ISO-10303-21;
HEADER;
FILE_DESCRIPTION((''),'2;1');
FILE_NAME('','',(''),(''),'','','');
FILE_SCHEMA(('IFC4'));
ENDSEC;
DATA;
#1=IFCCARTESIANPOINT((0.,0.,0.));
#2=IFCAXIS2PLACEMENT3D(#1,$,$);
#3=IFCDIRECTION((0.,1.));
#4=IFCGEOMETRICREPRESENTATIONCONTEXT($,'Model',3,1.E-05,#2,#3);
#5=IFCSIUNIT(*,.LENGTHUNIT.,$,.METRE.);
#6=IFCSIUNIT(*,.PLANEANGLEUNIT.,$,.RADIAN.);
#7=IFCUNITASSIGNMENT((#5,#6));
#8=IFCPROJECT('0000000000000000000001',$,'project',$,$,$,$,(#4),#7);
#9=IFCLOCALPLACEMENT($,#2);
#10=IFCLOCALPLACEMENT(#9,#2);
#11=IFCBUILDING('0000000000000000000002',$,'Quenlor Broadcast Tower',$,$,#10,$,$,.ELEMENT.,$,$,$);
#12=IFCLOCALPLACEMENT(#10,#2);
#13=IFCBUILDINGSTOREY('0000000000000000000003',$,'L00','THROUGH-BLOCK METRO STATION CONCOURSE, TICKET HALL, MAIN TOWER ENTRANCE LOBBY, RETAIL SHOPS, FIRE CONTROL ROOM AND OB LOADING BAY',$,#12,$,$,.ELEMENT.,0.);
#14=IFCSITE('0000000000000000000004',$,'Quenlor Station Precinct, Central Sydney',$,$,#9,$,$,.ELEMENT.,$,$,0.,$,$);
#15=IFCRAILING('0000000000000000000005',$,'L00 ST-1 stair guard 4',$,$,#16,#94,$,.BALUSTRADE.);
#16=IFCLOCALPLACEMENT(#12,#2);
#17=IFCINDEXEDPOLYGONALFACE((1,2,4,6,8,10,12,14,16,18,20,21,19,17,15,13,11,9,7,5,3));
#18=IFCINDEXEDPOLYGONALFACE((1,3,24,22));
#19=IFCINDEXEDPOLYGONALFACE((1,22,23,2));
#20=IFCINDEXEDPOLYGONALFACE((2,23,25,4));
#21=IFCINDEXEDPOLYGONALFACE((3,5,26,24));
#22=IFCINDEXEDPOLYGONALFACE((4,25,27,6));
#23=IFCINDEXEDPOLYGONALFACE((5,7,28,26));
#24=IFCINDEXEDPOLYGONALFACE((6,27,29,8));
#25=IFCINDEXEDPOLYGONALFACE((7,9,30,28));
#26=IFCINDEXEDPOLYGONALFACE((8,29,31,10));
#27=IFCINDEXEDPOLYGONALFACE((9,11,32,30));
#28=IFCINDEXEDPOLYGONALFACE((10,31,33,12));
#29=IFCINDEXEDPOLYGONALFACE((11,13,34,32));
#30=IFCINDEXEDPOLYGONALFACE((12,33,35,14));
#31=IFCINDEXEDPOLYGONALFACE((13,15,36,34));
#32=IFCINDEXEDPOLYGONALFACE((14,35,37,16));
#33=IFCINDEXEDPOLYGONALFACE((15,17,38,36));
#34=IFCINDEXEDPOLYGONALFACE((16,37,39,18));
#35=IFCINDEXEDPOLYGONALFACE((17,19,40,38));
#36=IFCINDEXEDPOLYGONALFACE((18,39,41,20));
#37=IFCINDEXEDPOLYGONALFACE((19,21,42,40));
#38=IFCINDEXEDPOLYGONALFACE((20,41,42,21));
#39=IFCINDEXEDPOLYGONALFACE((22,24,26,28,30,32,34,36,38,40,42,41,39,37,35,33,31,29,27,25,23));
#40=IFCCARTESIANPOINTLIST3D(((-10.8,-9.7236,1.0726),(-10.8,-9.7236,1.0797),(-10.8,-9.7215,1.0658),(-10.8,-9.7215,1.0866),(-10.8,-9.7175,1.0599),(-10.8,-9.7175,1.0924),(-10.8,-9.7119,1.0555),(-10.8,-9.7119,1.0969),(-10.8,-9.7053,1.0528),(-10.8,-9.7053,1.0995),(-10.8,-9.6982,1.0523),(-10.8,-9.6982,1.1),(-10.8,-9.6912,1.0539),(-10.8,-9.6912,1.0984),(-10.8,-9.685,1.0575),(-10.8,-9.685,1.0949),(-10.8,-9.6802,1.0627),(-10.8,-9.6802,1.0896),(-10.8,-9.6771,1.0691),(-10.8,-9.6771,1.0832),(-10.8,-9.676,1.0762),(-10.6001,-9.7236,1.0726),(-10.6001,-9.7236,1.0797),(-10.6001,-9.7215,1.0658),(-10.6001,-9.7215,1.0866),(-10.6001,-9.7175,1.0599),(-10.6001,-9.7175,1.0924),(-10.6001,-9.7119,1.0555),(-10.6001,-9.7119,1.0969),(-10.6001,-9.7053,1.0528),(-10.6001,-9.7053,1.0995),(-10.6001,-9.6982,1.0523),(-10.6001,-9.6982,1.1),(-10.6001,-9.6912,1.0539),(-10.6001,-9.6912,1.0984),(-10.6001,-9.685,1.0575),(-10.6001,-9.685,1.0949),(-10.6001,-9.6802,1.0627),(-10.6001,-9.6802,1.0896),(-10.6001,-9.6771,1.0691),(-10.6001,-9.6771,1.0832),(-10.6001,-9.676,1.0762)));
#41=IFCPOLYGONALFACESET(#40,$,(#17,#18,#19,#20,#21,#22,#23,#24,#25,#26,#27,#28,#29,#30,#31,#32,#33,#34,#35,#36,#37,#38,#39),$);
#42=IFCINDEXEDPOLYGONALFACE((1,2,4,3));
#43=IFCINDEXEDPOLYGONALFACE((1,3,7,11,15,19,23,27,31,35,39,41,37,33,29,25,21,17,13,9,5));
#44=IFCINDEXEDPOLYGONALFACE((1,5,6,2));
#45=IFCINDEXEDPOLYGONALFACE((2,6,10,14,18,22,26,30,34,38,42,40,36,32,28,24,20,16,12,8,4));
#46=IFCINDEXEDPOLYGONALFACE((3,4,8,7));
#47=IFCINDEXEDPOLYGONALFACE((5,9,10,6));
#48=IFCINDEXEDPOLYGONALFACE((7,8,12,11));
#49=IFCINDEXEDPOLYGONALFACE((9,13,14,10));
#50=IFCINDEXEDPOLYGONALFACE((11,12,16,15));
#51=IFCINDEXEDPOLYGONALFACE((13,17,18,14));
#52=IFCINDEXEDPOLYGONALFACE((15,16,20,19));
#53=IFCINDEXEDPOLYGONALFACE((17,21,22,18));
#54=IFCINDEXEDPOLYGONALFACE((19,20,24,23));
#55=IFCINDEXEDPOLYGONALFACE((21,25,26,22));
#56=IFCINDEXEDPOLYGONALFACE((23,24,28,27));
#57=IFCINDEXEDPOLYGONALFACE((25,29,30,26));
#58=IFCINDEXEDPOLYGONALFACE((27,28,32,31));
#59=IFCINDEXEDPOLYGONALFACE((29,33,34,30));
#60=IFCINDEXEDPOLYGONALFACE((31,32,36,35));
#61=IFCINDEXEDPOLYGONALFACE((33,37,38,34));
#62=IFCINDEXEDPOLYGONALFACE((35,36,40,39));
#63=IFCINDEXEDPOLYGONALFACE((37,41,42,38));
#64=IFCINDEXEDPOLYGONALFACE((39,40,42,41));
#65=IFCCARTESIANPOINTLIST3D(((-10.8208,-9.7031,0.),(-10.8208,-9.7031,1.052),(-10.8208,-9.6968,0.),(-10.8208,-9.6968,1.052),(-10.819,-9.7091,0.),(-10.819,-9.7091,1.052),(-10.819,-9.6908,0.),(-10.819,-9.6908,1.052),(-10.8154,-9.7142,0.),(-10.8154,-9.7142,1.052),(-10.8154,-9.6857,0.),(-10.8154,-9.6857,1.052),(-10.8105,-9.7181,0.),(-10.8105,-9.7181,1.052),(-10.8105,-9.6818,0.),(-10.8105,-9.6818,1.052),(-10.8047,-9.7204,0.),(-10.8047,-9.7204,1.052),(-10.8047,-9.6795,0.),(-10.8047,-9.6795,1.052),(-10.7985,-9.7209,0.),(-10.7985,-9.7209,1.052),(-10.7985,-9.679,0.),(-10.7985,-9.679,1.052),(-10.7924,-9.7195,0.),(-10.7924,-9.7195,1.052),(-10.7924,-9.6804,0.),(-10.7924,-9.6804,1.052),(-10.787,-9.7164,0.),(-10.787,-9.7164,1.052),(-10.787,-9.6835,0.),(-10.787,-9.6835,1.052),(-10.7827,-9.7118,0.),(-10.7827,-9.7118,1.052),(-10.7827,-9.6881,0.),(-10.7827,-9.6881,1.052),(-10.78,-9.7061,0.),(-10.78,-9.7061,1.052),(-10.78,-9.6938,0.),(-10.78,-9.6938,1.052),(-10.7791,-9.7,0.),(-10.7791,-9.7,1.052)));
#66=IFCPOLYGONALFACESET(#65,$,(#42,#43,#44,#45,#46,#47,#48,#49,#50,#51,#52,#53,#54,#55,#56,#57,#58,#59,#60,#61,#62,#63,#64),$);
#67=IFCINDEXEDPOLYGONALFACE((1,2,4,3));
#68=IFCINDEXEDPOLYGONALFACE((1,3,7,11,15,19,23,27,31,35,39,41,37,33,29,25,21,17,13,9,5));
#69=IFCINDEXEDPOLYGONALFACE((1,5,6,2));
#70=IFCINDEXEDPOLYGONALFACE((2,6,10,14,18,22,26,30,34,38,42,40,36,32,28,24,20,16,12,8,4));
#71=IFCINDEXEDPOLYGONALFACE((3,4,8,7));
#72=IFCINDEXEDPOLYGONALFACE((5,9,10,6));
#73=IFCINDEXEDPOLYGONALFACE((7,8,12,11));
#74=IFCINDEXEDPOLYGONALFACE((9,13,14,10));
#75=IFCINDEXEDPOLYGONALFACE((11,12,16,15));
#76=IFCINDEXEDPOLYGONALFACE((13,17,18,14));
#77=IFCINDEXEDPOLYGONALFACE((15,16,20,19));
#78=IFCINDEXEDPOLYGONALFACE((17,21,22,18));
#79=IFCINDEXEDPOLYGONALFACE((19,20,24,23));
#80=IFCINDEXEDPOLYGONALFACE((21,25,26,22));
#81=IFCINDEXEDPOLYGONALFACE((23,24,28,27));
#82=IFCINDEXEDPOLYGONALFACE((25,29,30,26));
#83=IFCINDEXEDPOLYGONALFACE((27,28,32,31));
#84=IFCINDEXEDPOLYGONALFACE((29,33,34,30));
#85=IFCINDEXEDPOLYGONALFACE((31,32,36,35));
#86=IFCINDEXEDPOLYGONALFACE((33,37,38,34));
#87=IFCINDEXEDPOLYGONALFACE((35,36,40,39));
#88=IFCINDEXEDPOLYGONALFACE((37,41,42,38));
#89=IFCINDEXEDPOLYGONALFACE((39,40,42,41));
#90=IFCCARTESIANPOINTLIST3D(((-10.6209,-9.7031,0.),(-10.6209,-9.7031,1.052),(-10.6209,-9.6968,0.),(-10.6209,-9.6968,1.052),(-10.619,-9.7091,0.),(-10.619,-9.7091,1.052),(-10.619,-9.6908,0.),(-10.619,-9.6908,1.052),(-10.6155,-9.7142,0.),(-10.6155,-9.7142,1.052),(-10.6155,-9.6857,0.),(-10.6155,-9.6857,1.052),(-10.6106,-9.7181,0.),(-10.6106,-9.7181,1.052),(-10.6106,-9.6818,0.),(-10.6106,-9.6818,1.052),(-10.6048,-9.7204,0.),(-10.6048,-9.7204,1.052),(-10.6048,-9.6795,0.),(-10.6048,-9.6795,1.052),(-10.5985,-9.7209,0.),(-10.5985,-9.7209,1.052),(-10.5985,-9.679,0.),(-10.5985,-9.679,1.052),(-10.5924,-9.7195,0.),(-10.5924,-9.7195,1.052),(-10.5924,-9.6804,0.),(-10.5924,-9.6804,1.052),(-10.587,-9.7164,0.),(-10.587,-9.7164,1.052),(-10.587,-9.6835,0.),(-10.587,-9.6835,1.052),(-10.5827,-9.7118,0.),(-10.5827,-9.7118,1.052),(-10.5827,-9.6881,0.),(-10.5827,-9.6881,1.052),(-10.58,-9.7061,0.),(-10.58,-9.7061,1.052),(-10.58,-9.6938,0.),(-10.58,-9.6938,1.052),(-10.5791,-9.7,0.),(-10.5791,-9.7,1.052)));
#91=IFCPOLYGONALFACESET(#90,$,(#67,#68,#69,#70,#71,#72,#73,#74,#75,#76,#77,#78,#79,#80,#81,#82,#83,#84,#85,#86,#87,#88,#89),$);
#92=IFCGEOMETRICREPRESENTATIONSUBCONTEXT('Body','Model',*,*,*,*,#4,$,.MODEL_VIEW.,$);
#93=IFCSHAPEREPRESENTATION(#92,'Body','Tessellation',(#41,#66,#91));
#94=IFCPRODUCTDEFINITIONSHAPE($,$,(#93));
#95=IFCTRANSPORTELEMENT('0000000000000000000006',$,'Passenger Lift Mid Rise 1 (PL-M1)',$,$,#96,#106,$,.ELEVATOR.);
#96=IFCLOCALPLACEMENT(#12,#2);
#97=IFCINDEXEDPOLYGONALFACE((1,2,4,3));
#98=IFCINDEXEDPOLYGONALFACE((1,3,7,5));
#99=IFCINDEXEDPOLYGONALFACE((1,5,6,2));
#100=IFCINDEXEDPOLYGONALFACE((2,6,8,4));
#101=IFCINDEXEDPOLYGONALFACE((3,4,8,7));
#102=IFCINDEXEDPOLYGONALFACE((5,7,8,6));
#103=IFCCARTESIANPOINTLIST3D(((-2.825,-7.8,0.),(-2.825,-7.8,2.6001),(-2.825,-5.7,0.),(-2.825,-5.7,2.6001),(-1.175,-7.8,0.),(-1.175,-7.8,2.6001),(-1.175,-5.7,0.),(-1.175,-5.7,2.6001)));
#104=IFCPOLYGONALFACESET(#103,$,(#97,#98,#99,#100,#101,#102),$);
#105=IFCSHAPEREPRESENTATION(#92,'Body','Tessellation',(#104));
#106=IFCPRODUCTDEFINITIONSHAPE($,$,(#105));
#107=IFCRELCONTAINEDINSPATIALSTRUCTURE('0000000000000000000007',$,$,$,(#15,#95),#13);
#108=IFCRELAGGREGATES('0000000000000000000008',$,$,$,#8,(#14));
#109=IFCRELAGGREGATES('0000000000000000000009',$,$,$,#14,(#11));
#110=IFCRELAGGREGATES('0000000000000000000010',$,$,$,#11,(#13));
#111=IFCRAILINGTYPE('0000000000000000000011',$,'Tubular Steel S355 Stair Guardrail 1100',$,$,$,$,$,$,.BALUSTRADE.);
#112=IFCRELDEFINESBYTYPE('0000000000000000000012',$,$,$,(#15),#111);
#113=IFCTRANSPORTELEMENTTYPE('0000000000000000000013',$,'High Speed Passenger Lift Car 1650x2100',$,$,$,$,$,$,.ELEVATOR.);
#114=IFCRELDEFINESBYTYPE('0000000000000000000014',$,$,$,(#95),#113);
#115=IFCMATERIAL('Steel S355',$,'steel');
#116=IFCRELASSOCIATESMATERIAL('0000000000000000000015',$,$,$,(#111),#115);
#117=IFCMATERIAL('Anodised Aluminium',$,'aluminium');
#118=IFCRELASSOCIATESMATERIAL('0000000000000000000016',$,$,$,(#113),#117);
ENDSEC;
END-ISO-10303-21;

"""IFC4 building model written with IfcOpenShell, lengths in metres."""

from ifc_helpers import new_model, si_unit, direction, frame, origin, origin_2d, place, context, subcontext, project, spatial, rectangle, circle, extrude, material, type_object, element, save


model = new_model("IFC4")

# Units and contexts
model_context = context("Model", 3, precision=1e-05, world=origin(), true_north=direction((0.0, 1.0)))
body_context = subcontext(model_context, "Body", "Model", "MODEL_VIEW")
ifc_project = project(units=[si_unit("LENGTHUNIT", "METRE"), si_unit("PLANEANGLEUNIT", "RADIAN")], contexts=[model_context])

# Site, building, storey
site_placement = place(None, origin())
site = spatial("IfcSite", under=ifc_project, at=site_placement, Name="Quenlor Station Precinct, Central Sydney", CompositionType="ELEMENT", RefElevation=0.0)
building_placement = place(site_placement, origin())
building = spatial("IfcBuilding", under=site, at=building_placement, Name="Quenlor Broadcast Tower", CompositionType="ELEMENT")
storey_placement = place(building_placement, origin())
storey = spatial("IfcBuildingStorey", under=building, at=storey_placement, Name="L00", Description="THROUGH-BLOCK METRO STATION CONCOURSE, TICKET HALL, MAIN TOWER ENTRANCE LOBBY, RETAIL SHOPS, FIRE CONTROL ROOM AND OB LOADING BAY", CompositionType="ELEMENT", Elevation=0.0)

# Railing
ifc_material_1 = material(Name="Steel S355", Category="steel")
railing_type = type_object("IfcRailingType", Name="Tubular Steel S355 Stair Guardrail 1100", PredefinedType="BALUSTRADE", material=ifc_material_1)
railing_1_placement = place(storey_placement, frame((-10.8, -9.7, 0.0)))
element("IfcRailing", 1, at=railing_1_placement, inside=storey, type_object=railing_type, Name="L00 ST-1 stair guard 4", PredefinedType="BALUSTRADE", context=body_context, shape_type="SweptSolid", body=[
    extrude(circle(Radius=0.0239, at=origin_2d()), frame((0.0, 0.0, 1.0762), z_axis=(1.0, 0.0, 0.0), x_axis=(0.0, 1.0, 0.0)), (0.0, 0.0, 1.0), 0.2),
    extrude(circle(Radius=0.021, at=origin_2d()), origin(), (0.0, 0.0, 1.0), 1.052),
    extrude(circle(Radius=0.021, at=origin_2d()), frame((0.2, 0.0, 0.0)), (0.0, 0.0, 1.0), 1.052),
])

# Transport element
ifc_material_2 = material(Name="Anodised Aluminium", Category="aluminium")
transport_element_type = type_object("IfcTransportElementType", Name="High Speed Passenger Lift Car 1650x2100", PredefinedType="ELEVATOR", material=ifc_material_2)
transport_element_placement = place(storey_placement, frame((-2.0, -6.75, 0.0), z_axis=(0.0, 0.0, 1.0), x_axis=(1.0, 0.0, 0.0)))
element("IfcTransportElement", 2, at=transport_element_placement, inside=storey, type_object=transport_element_type, Name="Passenger Lift Mid Rise 1 (PL-M1)", PredefinedType="ELEVATOR", context=body_context, shape_type="SweptSolid", body=[
    extrude(rectangle(XDim=1.6499, YDim=2.1001, at=origin_2d()), origin(), (0.0, 0.0, 1.0), 2.6001),
])

save(model, "model.ifc")
